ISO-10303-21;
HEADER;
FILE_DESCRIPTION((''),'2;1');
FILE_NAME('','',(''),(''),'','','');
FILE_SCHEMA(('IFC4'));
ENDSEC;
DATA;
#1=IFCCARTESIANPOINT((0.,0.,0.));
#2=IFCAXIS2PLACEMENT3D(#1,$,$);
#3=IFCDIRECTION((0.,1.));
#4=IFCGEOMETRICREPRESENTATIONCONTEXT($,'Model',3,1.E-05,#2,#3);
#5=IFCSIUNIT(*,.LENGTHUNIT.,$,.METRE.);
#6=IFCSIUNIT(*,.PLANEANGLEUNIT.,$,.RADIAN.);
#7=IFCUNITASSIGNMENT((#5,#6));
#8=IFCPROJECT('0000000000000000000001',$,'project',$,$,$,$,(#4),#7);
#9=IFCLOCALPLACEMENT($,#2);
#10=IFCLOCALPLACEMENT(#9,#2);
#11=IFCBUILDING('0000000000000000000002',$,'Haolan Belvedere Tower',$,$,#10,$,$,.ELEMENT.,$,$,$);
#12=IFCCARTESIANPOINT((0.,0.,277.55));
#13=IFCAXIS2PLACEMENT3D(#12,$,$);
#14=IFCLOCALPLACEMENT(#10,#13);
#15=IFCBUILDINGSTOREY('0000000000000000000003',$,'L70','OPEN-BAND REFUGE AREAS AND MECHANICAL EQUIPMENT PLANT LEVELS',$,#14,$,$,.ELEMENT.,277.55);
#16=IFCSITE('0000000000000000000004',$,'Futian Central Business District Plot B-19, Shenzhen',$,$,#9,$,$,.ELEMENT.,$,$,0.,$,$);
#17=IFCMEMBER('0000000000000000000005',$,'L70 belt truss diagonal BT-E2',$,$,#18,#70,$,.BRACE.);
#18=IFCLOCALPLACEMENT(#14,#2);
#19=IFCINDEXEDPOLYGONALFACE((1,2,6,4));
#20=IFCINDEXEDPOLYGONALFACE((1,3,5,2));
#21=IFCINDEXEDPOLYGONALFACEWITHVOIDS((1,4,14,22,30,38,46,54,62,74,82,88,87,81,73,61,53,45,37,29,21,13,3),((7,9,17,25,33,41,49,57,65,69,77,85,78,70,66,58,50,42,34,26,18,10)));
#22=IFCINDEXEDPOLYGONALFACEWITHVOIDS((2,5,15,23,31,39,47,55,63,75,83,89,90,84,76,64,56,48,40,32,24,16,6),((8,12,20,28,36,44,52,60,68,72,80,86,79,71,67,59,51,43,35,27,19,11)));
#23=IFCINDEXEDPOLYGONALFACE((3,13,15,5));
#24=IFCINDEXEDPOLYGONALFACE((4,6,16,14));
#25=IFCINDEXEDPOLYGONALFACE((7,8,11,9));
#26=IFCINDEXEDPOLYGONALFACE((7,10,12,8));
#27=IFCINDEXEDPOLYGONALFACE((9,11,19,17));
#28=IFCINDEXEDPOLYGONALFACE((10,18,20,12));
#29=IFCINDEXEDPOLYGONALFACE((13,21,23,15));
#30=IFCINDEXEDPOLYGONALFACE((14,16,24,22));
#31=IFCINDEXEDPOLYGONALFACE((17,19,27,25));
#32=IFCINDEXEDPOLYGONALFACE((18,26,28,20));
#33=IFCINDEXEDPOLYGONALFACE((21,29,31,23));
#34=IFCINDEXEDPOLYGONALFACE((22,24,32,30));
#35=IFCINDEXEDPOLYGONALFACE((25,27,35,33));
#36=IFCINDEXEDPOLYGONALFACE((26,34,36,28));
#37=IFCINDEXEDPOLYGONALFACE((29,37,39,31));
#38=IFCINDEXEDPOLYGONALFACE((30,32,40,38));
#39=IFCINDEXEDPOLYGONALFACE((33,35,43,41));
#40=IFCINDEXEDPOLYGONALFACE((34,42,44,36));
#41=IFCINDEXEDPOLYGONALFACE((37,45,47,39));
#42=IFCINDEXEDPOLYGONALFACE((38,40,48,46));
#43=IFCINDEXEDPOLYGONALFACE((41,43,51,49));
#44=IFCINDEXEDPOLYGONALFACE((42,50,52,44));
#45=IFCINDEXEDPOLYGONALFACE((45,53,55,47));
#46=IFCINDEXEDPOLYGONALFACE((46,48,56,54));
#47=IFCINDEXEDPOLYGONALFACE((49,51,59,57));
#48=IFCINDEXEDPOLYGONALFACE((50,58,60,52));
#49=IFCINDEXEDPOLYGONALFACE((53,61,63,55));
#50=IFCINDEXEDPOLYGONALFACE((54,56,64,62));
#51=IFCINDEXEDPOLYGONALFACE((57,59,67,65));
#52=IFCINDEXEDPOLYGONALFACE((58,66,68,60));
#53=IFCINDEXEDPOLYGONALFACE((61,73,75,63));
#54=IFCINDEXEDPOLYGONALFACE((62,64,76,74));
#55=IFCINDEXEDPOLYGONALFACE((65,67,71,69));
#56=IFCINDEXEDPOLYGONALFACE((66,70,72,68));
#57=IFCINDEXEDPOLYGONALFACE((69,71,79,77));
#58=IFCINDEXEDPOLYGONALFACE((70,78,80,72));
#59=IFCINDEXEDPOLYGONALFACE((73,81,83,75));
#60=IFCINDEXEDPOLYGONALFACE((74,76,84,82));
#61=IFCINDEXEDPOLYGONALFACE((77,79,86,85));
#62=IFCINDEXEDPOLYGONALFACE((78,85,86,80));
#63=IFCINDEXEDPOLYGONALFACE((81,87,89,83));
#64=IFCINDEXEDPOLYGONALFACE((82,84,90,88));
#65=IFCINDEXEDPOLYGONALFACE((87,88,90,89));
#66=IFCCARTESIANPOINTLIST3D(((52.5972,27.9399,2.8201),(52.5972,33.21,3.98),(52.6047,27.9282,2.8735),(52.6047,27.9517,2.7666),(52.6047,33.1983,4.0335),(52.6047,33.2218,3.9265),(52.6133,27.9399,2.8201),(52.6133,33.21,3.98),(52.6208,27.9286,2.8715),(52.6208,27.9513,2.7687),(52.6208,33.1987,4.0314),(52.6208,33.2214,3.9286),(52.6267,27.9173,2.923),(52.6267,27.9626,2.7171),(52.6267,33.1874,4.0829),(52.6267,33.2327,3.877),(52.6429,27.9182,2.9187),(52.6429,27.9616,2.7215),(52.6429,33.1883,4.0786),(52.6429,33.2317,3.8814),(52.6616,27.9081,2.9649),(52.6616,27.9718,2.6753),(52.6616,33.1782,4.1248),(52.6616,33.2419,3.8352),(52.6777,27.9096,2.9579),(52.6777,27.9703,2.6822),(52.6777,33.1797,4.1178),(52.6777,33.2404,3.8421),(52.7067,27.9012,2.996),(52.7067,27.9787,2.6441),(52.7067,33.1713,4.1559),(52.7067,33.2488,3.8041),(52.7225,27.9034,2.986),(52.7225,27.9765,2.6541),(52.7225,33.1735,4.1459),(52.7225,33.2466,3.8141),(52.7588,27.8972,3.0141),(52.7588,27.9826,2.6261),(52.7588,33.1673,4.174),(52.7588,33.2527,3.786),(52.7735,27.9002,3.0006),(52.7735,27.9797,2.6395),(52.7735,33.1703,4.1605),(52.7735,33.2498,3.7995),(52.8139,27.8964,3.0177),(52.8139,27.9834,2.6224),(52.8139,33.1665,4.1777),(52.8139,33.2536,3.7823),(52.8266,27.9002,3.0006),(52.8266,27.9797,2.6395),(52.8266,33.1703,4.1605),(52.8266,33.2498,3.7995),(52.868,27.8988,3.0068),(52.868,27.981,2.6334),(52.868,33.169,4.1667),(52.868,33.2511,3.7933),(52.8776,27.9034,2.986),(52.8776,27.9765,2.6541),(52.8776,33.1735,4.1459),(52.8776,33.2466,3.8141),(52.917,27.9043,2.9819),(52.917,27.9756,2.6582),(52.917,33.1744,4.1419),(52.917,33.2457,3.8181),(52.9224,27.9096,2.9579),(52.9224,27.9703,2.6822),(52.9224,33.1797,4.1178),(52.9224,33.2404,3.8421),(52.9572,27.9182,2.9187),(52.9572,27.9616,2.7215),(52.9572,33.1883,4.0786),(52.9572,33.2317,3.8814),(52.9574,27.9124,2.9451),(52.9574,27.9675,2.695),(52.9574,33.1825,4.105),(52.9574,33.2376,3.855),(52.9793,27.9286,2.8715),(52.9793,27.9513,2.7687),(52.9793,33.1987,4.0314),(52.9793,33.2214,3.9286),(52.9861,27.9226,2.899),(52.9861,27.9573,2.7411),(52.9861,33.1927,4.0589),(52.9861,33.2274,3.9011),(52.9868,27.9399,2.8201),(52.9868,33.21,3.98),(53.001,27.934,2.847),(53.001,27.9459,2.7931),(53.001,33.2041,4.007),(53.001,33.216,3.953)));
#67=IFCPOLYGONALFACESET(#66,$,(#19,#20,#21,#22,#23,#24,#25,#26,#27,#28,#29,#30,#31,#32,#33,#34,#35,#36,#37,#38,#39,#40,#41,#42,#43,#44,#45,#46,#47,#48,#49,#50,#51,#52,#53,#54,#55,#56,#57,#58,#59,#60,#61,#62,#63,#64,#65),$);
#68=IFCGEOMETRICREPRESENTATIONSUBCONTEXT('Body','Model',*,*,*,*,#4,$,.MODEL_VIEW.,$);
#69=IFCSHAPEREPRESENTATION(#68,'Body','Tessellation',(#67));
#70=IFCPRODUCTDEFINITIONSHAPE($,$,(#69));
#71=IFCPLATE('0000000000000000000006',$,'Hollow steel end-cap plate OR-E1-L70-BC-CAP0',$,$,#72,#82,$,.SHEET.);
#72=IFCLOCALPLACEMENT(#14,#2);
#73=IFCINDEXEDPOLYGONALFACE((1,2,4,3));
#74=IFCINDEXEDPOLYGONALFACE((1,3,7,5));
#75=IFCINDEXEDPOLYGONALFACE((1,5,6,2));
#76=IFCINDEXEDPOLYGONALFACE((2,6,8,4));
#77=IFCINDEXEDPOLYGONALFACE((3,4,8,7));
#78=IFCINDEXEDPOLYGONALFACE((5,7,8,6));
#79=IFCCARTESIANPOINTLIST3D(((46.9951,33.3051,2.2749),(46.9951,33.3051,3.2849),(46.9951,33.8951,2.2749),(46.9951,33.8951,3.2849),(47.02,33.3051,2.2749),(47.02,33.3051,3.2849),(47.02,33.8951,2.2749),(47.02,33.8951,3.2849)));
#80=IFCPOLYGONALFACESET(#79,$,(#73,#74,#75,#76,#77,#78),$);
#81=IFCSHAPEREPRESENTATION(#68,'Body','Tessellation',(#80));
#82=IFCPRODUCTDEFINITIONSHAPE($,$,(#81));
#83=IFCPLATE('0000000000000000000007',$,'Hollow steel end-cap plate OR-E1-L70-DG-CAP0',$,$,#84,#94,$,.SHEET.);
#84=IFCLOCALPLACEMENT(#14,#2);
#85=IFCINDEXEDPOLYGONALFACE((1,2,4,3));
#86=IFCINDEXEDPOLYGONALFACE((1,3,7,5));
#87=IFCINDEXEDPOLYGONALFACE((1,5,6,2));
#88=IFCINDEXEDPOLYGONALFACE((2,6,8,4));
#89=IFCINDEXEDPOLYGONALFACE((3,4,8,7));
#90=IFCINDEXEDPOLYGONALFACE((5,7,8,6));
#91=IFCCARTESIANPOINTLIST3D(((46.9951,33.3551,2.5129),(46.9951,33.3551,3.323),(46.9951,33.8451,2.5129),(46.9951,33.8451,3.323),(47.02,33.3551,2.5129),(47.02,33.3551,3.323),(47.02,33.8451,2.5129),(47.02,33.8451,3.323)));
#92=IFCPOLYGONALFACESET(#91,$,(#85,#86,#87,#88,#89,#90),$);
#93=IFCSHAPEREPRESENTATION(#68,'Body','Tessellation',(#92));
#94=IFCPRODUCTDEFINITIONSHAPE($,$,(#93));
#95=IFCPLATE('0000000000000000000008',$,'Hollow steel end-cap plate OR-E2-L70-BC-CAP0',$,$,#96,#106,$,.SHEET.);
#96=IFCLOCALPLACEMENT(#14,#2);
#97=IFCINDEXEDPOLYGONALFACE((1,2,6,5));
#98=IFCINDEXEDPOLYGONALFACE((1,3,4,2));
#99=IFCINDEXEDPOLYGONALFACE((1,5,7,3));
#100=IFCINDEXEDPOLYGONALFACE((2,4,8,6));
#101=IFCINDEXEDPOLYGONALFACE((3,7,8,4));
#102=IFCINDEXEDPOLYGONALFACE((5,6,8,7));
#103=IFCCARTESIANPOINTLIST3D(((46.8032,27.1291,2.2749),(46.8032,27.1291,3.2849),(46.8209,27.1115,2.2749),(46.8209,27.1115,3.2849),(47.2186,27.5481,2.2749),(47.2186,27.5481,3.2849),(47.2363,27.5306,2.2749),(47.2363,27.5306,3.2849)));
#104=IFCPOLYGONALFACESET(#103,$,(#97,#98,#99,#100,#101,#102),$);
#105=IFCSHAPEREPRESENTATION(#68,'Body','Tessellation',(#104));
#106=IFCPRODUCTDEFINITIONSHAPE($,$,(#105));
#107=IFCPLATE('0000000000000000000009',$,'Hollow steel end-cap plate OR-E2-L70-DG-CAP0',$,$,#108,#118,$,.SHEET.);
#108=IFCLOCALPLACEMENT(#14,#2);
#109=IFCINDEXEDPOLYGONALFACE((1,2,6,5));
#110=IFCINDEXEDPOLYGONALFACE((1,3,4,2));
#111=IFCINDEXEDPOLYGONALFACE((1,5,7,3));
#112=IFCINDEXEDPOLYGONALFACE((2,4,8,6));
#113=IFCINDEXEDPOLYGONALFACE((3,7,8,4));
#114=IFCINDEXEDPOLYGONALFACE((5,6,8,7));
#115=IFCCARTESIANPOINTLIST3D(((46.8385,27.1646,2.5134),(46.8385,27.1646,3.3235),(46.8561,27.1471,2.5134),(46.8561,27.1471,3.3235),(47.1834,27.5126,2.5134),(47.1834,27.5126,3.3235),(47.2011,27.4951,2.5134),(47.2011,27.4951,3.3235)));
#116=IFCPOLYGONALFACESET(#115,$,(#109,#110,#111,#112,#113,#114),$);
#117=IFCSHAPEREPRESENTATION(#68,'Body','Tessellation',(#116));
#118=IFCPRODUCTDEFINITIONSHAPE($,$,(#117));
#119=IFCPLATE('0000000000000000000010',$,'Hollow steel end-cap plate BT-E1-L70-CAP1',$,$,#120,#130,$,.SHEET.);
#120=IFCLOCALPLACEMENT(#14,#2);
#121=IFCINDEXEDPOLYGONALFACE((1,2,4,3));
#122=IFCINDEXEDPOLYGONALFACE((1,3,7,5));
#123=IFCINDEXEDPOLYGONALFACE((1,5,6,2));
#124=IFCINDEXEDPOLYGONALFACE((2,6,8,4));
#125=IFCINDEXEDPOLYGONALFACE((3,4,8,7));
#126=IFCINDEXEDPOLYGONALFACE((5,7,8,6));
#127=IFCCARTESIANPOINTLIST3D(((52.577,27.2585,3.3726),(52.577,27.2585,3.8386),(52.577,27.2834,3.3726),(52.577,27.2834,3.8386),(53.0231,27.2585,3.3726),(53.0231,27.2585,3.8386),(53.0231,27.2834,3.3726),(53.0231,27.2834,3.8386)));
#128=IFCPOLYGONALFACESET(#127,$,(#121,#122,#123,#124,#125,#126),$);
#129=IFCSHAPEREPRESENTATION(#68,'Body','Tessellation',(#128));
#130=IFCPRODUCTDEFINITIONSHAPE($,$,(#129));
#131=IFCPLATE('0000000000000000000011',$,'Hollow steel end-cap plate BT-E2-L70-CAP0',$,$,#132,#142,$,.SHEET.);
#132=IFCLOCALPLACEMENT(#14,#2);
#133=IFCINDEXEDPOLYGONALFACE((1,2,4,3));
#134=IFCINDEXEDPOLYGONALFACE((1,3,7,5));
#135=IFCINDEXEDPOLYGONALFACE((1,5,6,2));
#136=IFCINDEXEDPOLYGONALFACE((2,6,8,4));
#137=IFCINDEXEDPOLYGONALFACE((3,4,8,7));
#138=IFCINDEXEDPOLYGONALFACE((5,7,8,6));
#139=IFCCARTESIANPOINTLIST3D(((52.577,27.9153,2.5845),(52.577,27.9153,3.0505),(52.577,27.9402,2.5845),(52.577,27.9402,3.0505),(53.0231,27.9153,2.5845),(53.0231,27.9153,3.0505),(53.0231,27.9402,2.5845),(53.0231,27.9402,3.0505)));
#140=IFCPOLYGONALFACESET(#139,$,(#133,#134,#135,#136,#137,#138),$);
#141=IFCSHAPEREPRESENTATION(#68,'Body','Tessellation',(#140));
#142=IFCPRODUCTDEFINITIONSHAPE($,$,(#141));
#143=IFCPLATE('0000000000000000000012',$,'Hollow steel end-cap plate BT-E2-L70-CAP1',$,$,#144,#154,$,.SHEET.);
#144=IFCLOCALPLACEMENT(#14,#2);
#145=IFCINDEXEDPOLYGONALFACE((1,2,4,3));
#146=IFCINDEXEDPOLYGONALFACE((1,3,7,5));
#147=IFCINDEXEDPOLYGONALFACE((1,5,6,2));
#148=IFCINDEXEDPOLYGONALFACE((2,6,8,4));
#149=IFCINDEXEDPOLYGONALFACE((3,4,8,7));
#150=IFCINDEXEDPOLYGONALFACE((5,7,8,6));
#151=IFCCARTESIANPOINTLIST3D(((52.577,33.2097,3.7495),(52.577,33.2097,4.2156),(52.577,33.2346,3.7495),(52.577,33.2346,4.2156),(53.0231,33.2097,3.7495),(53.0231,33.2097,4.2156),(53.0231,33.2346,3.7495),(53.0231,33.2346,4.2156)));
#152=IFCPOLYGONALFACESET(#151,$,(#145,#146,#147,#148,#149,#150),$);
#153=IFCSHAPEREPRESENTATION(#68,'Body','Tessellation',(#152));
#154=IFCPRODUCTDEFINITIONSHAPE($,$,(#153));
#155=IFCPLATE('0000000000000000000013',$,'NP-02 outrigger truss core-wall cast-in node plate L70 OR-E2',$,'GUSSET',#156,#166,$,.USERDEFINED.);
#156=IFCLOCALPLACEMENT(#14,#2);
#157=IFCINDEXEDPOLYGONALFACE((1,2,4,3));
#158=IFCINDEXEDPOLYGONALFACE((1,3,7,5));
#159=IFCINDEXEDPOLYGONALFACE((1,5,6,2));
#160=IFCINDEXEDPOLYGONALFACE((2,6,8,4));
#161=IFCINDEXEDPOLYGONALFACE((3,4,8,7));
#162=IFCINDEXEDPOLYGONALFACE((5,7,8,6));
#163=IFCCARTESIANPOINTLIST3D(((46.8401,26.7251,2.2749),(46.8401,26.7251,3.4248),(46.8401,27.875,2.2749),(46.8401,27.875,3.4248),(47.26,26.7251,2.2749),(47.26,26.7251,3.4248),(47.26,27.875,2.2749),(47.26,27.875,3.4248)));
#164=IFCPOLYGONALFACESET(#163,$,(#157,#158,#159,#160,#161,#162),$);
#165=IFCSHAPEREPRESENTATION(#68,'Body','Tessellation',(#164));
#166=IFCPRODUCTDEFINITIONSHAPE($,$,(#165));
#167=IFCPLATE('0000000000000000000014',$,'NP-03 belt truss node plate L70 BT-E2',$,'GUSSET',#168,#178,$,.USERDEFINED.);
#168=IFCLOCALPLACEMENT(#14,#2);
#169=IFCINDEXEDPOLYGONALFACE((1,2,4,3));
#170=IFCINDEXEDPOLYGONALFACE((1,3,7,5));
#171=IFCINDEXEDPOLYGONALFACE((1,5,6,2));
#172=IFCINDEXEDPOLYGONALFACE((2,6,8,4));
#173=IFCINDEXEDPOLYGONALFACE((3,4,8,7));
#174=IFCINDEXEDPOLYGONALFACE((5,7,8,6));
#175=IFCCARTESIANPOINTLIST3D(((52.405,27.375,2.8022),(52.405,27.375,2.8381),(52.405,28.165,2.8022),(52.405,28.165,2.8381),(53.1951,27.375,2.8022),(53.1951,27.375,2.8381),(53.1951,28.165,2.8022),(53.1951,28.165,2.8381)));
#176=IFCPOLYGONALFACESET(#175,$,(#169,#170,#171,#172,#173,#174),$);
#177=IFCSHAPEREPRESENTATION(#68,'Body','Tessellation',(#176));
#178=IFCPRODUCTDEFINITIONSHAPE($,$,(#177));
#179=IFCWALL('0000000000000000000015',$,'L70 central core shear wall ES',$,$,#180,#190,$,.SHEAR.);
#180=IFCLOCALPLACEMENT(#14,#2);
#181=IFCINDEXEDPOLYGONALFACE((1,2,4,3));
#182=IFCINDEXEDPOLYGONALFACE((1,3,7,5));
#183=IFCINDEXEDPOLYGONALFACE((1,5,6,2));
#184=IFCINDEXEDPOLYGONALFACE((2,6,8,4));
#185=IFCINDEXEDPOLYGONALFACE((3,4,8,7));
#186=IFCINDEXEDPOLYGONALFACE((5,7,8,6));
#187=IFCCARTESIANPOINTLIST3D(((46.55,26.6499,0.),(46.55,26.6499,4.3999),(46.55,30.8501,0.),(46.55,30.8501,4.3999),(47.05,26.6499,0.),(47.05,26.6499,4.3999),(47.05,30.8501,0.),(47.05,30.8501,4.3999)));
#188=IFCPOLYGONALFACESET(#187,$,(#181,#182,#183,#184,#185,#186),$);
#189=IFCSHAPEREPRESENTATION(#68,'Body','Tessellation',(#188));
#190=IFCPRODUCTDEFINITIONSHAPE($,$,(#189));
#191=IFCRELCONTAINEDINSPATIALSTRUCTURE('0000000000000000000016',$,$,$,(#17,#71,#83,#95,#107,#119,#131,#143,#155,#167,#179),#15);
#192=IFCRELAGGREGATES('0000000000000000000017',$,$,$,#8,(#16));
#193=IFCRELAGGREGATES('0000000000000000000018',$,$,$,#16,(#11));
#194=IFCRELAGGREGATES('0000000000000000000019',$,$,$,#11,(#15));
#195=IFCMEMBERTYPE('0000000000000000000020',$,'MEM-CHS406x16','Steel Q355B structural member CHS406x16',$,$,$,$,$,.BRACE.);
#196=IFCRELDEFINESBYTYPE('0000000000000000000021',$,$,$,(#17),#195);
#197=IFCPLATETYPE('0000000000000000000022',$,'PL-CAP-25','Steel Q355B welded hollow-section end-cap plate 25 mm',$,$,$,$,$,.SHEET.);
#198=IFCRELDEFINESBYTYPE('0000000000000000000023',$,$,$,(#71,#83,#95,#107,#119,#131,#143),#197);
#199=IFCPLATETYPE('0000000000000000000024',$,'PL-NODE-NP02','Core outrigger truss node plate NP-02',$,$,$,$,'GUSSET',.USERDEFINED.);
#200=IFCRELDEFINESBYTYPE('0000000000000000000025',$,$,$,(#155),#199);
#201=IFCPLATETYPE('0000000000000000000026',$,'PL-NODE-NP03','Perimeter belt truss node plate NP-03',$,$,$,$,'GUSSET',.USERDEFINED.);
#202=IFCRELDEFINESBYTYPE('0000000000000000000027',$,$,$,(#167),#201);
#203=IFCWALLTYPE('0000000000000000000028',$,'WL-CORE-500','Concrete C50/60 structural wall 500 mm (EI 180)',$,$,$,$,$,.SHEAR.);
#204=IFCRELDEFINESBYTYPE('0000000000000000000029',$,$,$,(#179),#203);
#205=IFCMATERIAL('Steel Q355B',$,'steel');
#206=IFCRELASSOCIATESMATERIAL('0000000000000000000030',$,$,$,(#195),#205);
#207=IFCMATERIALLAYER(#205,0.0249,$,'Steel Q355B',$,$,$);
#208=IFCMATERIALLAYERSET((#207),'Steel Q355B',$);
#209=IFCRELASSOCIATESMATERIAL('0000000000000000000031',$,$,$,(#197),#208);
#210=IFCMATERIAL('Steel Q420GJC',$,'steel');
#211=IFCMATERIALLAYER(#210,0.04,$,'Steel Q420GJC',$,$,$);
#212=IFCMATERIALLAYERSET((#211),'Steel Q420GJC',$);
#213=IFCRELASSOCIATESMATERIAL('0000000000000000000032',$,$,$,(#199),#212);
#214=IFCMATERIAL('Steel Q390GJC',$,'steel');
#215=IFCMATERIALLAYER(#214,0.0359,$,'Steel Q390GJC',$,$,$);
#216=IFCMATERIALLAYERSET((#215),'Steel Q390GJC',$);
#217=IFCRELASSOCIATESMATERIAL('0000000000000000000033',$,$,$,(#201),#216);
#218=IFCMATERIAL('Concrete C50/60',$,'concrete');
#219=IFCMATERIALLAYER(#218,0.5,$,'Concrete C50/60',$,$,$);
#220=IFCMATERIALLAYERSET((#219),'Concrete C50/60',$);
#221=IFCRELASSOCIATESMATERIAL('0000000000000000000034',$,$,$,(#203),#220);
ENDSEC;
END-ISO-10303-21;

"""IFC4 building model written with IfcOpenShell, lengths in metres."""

from ifc_helpers import new_model, si_unit, direction, frame, frame_2d, origin, origin_2d, place, context, subcontext, project, spatial, rectangle, hollow_circle, extrude, material, layer, layer_set, material_profile, profile_set, type_object, element, save


model = new_model("IFC4")

# Units and contexts
model_context = context("Model", 3, precision=1e-05, world=origin(), true_north=direction((0.0, 1.0)))
body_context = subcontext(model_context, "Body", "Model", "MODEL_VIEW")
ifc_project = project(units=[si_unit("LENGTHUNIT", "METRE"), si_unit("PLANEANGLEUNIT", "RADIAN")], contexts=[model_context])

# Site, building, storey
site_placement = place(None, origin())
site = spatial("IfcSite", under=ifc_project, at=site_placement, Name="Futian Central Business District Plot B-19, Shenzhen", CompositionType="ELEMENT", RefElevation=0.0)
building_placement = place(site_placement, origin())
building = spatial("IfcBuilding", under=site, at=building_placement, Name="Haolan Belvedere Tower", CompositionType="ELEMENT")
storey_placement = place(building_placement, frame((0.0, 0.0, 277.55)))
storey = spatial("IfcBuildingStorey", under=building, at=storey_placement, Name="L70", Description="OPEN-BAND REFUGE AREAS AND MECHANICAL EQUIPMENT PLANT LEVELS", CompositionType="ELEMENT", Elevation=277.55)

# Shared definitions
ifc_material_1 = material(Name="Steel Q390GJC", Category="steel")

# Shared definitions
ifc_material_2 = material(Name="Steel Q420GJC", Category="steel")
ifc_material_3 = material(Name="Steel Q355B", Category="steel")

# Member
ifc_material_profile_1 = material_profile(ifc_material_3, hollow_circle(Radius=0.2029, WallThickness=0.0161, at=origin_2d()), Name="Steel Q355B")
ifc_profile_set_1 = profile_set([ifc_material_profile_1], Name="Steel Q355B")
member_type_1 = type_object("IfcMemberType", Name="MEM-CHS406x16", Description="Steel Q355B structural member CHS406x16", PredefinedType="BRACE", material=ifc_profile_set_1)
member_1_placement = place(storey_placement, frame((52.8, 27.9399, 2.8201), z_axis=(0.0, 0.976625, 0.214952), x_axis=(-1.0, 0.0, 0.0)))
element("IfcMember", 1, at=member_1_placement, inside=storey, type_object=member_type_1, Name="L70 belt truss diagonal BT-E2", PredefinedType="BRACE", context=body_context, shape_type="SweptSolid", body=[
    extrude(hollow_circle(Radius=0.2029, WallThickness=0.0161, at=origin_2d()), origin(), (0.0, 0.0, 1.0), 5.3962),
])

# Plates
ifc_layer_1 = layer(ifc_material_3, 0.0249, Name="Steel Q355B")
ifc_layer_set_1 = layer_set([ifc_layer_1], Name="Steel Q355B")
plate_type_1 = type_object("IfcPlateType", Name="PL-CAP-25", Description="Steel Q355B welded hollow-section end-cap plate 25 mm", PredefinedType="SHEET", material=ifc_layer_set_1)
plate_1_placement = place(storey_placement, frame((47.0076, 33.6001, 2.2749), z_axis=(0.0, 0.0, 1.0), x_axis=(0.0, -1.0, 0.0)))
element("IfcPlate", 2, at=plate_1_placement, inside=storey, type_object=plate_type_1, Name="Hollow steel end-cap plate OR-E1-L70-BC-CAP0", PredefinedType="SHEET", context=body_context, shape_type="SweptSolid", body=[
    extrude(rectangle(XDim=0.5901, YDim=0.0249, at=origin_2d()), origin(), (0.0, 0.0, 1.0), 1.01),
])
plate_2_placement = place(storey_placement, frame((47.0076, 33.6001, 2.5129), z_axis=(0.0, 0.0, 1.0), x_axis=(0.0, -1.0, 0.0)))
element("IfcPlate", 3, at=plate_2_placement, inside=storey, type_object=plate_type_1, Name="Hollow steel end-cap plate OR-E1-L70-DG-CAP0", PredefinedType="SHEET", context=body_context, shape_type="SweptSolid", body=[
    extrude(rectangle(XDim=0.49, YDim=0.0249, at=origin_2d()), origin(), (0.0, 0.0, 1.0), 0.8101),
])
plate_3_placement = place(storey_placement, frame((47.0198, 27.3298, 2.2749), z_axis=(0.0, 0.0, 1.0), x_axis=(-0.704015, -0.710185, 0.0)))
element("IfcPlate", 4, at=plate_3_placement, inside=storey, type_object=plate_type_1, Name="Hollow steel end-cap plate OR-E2-L70-BC-CAP0", PredefinedType="SHEET", context=body_context, shape_type="SweptSolid", body=[
    extrude(rectangle(XDim=0.5901, YDim=0.0249, at=origin_2d()), origin(), (0.0, 0.0, 1.0), 1.01),
])
plate_4_placement = place(storey_placement, frame((47.0198, 27.3298, 2.5134), z_axis=(0.0, 0.0, 1.0), x_axis=(-0.704015, -0.710185, 0.0)))
element("IfcPlate", 5, at=plate_4_placement, inside=storey, type_object=plate_type_1, Name="Hollow steel end-cap plate OR-E2-L70-DG-CAP0", PredefinedType="SHEET", context=body_context, shape_type="SweptSolid", body=[
    extrude(rectangle(XDim=0.49, YDim=0.0249, at=origin_2d()), origin(), (0.0, 0.0, 1.0), 0.8101),
])
for number, where, z_axis, x_axis, name in (
    (6, (52.8, 27.271, 3.3726), (0.0, 0.0, 1.0), (-1.0, 0.0, 0.0), "Hollow steel end-cap plate BT-E1-L70-CAP1"),
    (7, (52.8, 27.9277, 2.5845), (0.0, 0.0, 1.0), (1.0, 0.0, 0.0), "Hollow steel end-cap plate BT-E2-L70-CAP0"),
    (8, (52.8, 33.2222, 3.7495), (0.0, 0.0, 1.0), (-1.0, 0.0, 0.0), "Hollow steel end-cap plate BT-E2-L70-CAP1"),
):
    element("IfcPlate", number, at=place(storey_placement, frame(where, z_axis=z_axis, x_axis=x_axis)), inside=storey, type_object=plate_type_1, Name=name, PredefinedType="SHEET", context=body_context, shape_type="SweptSolid", body=[
        extrude(rectangle(XDim=0.446, YDim=0.0249, at=origin_2d()), origin(), (0.0, 0.0, 1.0), 0.4661),
    ])
ifc_layer_2 = layer(ifc_material_2, 0.04, Name="Steel Q420GJC")
ifc_layer_set_2 = layer_set([ifc_layer_2], Name="Steel Q420GJC")
plate_type_2 = type_object("IfcPlateType", Name="PL-NODE-NP02", Description="Core outrigger truss node plate NP-02", ElementType="GUSSET", PredefinedType="USERDEFINED", material=ifc_layer_set_2)
plate_5_placement = place(storey_placement, frame((47.05, 27.3, 2.2749), z_axis=(0.0, 0.0, 1.0), x_axis=(1.0, 0.0, 0.0)))
element("IfcPlate", 9, at=plate_5_placement, inside=storey, type_object=plate_type_2, Name="NP-02 outrigger truss core-wall cast-in node plate L70 OR-E2", ObjectType="GUSSET", PredefinedType="USERDEFINED", context=body_context, shape_type="SweptSolid", body=[
    extrude(rectangle(XDim=0.4199, YDim=1.1499, at=origin_2d()), origin(), (0.0, 0.0, 1.0), 1.1499),
])
ifc_layer_3 = layer(ifc_material_1, 0.0359, Name="Steel Q390GJC")
ifc_layer_set_3 = layer_set([ifc_layer_3], Name="Steel Q390GJC")
plate_type_3 = type_object("IfcPlateType", Name="PL-NODE-NP03", Description="Perimeter belt truss node plate NP-03", ElementType="GUSSET", PredefinedType="USERDEFINED", material=ifc_layer_set_3)
plate_6_placement = place(storey_placement, frame((52.8, 27.77, 2.8022), z_axis=(0.0, 0.0, 1.0), x_axis=(1.0, 0.0, 0.0)))
element("IfcPlate", 10, at=plate_6_placement, inside=storey, type_object=plate_type_3, Name="NP-03 belt truss node plate L70 BT-E2", ObjectType="GUSSET", PredefinedType="USERDEFINED", context=body_context, shape_type="SweptSolid", body=[
    extrude(rectangle(XDim=0.79, YDim=0.79, at=origin_2d()), origin(), (0.0, 0.0, 1.0), 0.0359),
])

# Wall
ifc_material_4 = material(Name="Concrete C50/60", Category="concrete")
ifc_layer_4 = layer(ifc_material_4, 0.5, Name="Concrete C50/60")
ifc_layer_set_4 = layer_set([ifc_layer_4], Name="Concrete C50/60")
wall_type_1 = type_object("IfcWallType", Name="WL-CORE-500", Description="Concrete C50/60 structural wall 500 mm (EI 180)", PredefinedType="SHEAR", material=ifc_layer_set_4)
wall_1_placement = place(storey_placement, frame((46.8, 26.6499, 0.0), z_axis=(0.0, 0.0, 1.0), x_axis=(0.0, 1.0, 0.0)))
element("IfcWall", 11, at=wall_1_placement, inside=storey, type_object=wall_type_1, Name="L70 central core shear wall ES", PredefinedType="SHEAR", context=body_context, shape_type="SweptSolid", body=[
    extrude(rectangle(XDim=4.2002, YDim=0.5, at=frame_2d((2.1001, 0.0))), origin(), (0.0, 0.0, 1.0), 4.3999),
])

save(model, "model.ifc")
